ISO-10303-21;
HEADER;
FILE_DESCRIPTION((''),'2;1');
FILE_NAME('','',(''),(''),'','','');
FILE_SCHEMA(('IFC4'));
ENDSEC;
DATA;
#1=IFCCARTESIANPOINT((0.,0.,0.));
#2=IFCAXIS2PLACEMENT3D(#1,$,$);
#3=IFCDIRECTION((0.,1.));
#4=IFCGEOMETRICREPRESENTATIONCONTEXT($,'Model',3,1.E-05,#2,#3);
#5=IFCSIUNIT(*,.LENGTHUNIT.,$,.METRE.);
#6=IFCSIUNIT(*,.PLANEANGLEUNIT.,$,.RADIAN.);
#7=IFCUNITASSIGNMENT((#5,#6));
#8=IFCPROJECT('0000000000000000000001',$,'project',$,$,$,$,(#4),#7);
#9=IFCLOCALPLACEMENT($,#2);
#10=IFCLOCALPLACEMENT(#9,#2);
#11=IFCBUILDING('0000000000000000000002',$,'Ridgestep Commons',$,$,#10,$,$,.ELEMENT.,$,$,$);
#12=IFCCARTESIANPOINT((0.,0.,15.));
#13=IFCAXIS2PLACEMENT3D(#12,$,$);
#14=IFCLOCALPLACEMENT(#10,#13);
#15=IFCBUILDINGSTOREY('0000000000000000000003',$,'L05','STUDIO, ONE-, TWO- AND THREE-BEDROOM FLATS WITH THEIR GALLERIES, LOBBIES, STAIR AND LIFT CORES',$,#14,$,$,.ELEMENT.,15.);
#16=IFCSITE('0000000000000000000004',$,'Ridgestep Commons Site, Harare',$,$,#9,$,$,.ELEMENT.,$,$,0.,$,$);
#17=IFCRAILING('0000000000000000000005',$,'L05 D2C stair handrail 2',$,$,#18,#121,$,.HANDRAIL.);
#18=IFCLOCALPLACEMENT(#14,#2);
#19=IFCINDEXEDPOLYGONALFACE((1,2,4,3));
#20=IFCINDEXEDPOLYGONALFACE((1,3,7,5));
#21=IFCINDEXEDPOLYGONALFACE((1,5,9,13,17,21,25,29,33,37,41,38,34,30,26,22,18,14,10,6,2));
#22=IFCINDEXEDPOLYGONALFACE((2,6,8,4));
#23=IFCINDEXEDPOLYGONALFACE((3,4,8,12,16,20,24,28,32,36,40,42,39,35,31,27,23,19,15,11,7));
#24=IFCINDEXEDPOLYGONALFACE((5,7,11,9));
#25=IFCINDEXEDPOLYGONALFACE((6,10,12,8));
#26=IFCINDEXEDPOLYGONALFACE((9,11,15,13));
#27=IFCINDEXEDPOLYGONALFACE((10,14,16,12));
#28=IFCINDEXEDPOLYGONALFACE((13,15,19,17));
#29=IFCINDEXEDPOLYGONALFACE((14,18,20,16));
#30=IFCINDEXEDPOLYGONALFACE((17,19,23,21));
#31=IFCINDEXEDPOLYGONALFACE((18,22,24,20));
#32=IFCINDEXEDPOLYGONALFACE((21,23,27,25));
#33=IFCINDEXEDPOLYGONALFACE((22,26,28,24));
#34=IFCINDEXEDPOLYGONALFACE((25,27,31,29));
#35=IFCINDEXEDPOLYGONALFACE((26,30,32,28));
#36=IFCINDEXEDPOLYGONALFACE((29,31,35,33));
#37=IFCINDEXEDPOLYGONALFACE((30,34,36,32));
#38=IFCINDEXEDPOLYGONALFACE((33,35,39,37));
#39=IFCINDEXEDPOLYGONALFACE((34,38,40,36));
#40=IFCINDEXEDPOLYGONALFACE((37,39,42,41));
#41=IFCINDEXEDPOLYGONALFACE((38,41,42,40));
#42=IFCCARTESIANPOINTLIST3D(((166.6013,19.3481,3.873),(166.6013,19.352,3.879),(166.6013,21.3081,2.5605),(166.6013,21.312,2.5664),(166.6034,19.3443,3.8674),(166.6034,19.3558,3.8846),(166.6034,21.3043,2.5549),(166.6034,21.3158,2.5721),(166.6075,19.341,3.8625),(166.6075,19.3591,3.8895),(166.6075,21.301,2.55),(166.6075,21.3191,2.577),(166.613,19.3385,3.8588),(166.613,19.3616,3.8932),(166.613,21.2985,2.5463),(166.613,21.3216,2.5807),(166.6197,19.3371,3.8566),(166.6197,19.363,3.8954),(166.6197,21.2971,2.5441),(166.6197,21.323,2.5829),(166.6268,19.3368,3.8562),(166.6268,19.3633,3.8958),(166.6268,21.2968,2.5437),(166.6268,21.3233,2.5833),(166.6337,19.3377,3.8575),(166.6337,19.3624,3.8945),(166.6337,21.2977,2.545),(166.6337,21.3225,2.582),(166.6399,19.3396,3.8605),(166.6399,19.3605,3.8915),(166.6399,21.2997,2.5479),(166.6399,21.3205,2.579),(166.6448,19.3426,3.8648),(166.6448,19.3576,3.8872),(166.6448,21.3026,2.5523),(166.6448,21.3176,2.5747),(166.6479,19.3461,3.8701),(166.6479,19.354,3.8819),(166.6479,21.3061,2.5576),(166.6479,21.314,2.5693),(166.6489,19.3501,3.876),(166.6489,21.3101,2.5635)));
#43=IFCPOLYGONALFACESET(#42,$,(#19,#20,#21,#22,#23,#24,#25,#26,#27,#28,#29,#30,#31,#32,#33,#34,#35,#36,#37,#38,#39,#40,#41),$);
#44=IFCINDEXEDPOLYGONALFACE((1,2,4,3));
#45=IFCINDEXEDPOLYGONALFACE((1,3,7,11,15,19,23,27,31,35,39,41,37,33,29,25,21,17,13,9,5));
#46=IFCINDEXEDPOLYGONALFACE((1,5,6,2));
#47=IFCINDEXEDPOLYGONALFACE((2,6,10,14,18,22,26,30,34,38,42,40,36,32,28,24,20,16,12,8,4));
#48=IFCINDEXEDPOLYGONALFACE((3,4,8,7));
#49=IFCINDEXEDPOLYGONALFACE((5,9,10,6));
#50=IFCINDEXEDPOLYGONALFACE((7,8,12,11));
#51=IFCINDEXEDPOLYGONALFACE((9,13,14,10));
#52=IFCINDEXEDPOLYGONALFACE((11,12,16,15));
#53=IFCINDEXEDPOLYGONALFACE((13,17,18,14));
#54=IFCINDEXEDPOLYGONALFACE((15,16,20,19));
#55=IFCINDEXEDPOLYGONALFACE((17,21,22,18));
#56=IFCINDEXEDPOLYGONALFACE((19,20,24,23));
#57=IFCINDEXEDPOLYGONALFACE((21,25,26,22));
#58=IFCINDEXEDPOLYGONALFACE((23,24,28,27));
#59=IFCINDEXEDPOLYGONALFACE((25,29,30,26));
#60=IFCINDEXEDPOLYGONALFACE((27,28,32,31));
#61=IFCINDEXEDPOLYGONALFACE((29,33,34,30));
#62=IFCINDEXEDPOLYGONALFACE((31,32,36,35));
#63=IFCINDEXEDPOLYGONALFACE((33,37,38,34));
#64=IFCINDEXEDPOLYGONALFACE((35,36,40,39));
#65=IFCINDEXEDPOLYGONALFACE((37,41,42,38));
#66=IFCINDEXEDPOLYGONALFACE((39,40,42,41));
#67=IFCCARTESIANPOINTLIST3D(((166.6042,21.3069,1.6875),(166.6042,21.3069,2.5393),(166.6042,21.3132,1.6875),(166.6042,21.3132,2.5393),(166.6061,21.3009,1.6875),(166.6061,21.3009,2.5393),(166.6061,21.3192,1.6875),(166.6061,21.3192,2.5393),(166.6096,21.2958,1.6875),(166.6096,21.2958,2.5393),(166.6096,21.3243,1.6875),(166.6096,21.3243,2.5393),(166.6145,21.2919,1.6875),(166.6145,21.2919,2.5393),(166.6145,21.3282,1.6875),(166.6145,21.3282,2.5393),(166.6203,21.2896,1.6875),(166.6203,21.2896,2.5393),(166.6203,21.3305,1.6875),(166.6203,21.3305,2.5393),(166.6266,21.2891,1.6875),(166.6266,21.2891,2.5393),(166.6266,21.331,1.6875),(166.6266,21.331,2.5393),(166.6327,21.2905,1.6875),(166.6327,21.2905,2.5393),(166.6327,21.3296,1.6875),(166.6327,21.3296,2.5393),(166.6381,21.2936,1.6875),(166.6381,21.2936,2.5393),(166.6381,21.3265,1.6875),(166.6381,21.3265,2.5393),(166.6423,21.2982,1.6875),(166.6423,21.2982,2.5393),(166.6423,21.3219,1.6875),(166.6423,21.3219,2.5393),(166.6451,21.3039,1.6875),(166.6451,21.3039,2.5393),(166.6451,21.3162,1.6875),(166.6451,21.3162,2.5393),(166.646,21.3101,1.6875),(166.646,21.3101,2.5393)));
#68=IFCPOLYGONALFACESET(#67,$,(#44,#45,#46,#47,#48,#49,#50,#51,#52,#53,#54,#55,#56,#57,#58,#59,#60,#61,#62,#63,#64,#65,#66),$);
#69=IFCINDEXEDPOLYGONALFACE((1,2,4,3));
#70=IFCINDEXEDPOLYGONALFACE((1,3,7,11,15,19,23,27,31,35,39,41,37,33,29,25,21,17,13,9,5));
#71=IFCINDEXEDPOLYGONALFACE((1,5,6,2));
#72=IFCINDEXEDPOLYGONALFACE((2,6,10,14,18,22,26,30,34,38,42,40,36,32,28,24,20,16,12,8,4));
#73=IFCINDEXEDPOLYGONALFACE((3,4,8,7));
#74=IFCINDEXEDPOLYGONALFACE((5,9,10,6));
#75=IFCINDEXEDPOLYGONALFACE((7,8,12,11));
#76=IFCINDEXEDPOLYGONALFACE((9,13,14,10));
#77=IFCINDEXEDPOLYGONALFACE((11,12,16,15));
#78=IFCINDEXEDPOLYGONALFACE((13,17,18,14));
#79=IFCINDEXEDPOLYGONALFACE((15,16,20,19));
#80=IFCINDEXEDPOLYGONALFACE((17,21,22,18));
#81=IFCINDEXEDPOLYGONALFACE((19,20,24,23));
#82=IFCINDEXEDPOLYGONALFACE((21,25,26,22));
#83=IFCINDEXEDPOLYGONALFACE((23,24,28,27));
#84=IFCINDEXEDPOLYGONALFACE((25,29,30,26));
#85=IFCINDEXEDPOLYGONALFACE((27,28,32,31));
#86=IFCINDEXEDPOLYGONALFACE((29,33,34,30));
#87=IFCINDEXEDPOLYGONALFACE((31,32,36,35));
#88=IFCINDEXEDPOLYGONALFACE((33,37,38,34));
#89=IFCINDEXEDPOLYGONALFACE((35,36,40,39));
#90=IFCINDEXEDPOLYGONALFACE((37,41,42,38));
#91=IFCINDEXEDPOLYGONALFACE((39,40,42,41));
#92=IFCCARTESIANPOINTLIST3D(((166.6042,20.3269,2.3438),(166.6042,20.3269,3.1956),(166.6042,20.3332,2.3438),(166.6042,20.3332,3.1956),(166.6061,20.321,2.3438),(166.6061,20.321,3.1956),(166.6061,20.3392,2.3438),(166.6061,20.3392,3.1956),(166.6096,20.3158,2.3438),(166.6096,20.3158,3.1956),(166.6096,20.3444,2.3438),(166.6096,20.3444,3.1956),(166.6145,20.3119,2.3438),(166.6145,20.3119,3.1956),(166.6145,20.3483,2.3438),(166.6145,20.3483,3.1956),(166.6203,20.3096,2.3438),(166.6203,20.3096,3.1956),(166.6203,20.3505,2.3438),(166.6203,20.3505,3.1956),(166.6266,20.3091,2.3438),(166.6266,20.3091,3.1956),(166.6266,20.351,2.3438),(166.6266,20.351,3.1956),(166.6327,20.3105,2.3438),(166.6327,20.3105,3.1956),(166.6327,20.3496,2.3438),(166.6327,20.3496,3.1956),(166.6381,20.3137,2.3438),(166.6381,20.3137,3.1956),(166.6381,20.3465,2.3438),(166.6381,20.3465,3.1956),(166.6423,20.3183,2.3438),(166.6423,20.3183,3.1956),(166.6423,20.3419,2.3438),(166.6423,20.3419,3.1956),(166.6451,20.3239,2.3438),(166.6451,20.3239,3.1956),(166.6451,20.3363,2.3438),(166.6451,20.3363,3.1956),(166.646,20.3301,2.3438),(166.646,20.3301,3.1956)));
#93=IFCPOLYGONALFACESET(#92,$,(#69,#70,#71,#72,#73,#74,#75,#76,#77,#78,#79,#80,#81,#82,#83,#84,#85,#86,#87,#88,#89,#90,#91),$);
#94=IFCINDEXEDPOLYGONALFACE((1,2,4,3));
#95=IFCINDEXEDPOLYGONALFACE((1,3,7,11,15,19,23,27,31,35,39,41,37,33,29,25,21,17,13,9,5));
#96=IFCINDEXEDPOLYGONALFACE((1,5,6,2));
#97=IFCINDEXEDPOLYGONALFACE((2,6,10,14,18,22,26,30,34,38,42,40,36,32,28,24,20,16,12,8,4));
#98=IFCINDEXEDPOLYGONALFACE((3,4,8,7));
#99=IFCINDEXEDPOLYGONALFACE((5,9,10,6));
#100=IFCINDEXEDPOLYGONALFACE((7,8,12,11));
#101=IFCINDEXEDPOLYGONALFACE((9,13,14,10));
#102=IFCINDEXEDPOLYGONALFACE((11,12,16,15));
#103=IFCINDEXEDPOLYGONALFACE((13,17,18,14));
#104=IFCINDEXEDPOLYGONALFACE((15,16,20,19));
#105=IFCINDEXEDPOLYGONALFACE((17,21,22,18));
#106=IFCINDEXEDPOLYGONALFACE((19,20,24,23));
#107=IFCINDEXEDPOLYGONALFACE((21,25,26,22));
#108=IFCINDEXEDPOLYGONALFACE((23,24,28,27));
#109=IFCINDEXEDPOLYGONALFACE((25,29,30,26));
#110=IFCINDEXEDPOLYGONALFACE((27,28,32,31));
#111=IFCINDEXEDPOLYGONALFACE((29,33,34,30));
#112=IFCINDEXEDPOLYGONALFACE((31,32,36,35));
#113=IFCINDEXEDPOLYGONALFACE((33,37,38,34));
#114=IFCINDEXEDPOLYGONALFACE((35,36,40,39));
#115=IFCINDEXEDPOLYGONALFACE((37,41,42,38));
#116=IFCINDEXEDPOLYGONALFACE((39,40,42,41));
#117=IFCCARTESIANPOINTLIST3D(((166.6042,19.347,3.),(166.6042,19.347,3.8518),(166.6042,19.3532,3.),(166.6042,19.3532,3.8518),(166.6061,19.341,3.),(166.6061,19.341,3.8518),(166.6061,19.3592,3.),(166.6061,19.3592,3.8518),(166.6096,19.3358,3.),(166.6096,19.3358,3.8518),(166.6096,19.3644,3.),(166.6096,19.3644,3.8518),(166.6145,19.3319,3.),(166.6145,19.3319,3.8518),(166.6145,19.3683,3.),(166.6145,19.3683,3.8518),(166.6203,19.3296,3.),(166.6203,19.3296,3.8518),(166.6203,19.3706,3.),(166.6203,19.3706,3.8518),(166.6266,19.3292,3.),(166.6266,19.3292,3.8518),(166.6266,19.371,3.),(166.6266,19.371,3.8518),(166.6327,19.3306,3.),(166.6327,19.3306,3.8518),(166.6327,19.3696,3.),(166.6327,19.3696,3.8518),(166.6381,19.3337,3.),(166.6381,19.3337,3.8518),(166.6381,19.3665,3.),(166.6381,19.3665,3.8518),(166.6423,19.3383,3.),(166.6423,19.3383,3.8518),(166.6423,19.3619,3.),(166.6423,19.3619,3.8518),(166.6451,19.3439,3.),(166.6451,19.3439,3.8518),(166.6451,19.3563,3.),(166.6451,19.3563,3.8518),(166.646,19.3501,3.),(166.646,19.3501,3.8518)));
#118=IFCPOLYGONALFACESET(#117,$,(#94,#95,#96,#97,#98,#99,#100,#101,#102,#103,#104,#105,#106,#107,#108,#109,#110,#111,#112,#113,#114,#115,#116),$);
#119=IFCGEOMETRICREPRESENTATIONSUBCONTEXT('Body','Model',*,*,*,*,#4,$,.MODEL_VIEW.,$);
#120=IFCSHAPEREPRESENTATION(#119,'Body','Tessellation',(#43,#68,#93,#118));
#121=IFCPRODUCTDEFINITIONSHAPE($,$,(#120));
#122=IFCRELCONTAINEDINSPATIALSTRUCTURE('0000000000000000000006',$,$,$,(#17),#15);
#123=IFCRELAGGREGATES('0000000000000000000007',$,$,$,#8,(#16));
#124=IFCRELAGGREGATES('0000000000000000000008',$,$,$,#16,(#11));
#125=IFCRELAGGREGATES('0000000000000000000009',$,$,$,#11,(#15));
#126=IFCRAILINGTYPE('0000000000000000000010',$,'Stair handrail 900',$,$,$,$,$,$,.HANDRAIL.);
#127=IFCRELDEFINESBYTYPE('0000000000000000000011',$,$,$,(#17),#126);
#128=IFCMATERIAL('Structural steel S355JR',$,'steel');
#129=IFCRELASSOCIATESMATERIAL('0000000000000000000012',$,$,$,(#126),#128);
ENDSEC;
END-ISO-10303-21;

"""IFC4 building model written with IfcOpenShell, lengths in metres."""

from ifc_helpers import new_model, si_unit, direction, frame, origin, origin_2d, place, context, subcontext, project, spatial, circle, extrude, material, type_object, element, save


model = new_model("IFC4")

# Units and contexts
model_context = context("Model", 3, precision=1e-05, world=origin(), true_north=direction((0.0, 1.0)))
body_context = subcontext(model_context, "Body", "Model", "MODEL_VIEW")
ifc_project = project(units=[si_unit("LENGTHUNIT", "METRE"), si_unit("PLANEANGLEUNIT", "RADIAN")], contexts=[model_context])

# Site, building, storey
site_placement = place(None, origin())
site = spatial("IfcSite", under=ifc_project, at=site_placement, Name="Ridgestep Commons Site, Harare", CompositionType="ELEMENT", RefElevation=0.0)
building_placement = place(site_placement, origin())
building = spatial("IfcBuilding", under=site, at=building_placement, Name="Ridgestep Commons", CompositionType="ELEMENT")
storey_placement = place(building_placement, frame((0.0, 0.0, 15.0)))
storey = spatial("IfcBuildingStorey", under=building, at=storey_placement, Name="L05", Description="STUDIO, ONE-, TWO- AND THREE-BEDROOM FLATS WITH THEIR GALLERIES, LOBBIES, STAIR AND LIFT CORES", CompositionType="ELEMENT", Elevation=15.0)

# Railing
ifc_material_1 = material(Name="Structural steel S355JR", Category="steel")
railing_type_1 = type_object("IfcRailingType", Name="Stair handrail 900", PredefinedType="HANDRAIL", material=ifc_material_1)
railing_1_placement = place(storey_placement, frame((166.625, 21.3101, 1.6875)))
element("IfcRailing", 1, at=railing_1_placement, inside=storey, type_object=railing_type_1, Name="L05 D2C stair handrail 2", PredefinedType="HANDRAIL", context=body_context, shape_type="SweptSolid", body=[
    extrude(circle(Radius=0.0239, at=origin_2d()), frame((0.0, 0.0, 0.876), z_axis=(0.0, -0.830902, 0.556419), x_axis=(1.0, 0.0, 0.0)), (0.0, 0.0, 1.0), 2.3589),
    extrude(circle(Radius=0.021, at=origin_2d()), origin(), (0.0, 0.0, 1.0), 0.8518),
    extrude(circle(Radius=0.021, at=origin_2d()), frame((0.0, -0.98, 0.6562)), (0.0, 0.0, 1.0), 0.8518),
    extrude(circle(Radius=0.021, at=origin_2d()), frame((0.0, -1.96, 1.3125)), (0.0, 0.0, 1.0), 0.8518),
])

save(model, "model.ifc")
